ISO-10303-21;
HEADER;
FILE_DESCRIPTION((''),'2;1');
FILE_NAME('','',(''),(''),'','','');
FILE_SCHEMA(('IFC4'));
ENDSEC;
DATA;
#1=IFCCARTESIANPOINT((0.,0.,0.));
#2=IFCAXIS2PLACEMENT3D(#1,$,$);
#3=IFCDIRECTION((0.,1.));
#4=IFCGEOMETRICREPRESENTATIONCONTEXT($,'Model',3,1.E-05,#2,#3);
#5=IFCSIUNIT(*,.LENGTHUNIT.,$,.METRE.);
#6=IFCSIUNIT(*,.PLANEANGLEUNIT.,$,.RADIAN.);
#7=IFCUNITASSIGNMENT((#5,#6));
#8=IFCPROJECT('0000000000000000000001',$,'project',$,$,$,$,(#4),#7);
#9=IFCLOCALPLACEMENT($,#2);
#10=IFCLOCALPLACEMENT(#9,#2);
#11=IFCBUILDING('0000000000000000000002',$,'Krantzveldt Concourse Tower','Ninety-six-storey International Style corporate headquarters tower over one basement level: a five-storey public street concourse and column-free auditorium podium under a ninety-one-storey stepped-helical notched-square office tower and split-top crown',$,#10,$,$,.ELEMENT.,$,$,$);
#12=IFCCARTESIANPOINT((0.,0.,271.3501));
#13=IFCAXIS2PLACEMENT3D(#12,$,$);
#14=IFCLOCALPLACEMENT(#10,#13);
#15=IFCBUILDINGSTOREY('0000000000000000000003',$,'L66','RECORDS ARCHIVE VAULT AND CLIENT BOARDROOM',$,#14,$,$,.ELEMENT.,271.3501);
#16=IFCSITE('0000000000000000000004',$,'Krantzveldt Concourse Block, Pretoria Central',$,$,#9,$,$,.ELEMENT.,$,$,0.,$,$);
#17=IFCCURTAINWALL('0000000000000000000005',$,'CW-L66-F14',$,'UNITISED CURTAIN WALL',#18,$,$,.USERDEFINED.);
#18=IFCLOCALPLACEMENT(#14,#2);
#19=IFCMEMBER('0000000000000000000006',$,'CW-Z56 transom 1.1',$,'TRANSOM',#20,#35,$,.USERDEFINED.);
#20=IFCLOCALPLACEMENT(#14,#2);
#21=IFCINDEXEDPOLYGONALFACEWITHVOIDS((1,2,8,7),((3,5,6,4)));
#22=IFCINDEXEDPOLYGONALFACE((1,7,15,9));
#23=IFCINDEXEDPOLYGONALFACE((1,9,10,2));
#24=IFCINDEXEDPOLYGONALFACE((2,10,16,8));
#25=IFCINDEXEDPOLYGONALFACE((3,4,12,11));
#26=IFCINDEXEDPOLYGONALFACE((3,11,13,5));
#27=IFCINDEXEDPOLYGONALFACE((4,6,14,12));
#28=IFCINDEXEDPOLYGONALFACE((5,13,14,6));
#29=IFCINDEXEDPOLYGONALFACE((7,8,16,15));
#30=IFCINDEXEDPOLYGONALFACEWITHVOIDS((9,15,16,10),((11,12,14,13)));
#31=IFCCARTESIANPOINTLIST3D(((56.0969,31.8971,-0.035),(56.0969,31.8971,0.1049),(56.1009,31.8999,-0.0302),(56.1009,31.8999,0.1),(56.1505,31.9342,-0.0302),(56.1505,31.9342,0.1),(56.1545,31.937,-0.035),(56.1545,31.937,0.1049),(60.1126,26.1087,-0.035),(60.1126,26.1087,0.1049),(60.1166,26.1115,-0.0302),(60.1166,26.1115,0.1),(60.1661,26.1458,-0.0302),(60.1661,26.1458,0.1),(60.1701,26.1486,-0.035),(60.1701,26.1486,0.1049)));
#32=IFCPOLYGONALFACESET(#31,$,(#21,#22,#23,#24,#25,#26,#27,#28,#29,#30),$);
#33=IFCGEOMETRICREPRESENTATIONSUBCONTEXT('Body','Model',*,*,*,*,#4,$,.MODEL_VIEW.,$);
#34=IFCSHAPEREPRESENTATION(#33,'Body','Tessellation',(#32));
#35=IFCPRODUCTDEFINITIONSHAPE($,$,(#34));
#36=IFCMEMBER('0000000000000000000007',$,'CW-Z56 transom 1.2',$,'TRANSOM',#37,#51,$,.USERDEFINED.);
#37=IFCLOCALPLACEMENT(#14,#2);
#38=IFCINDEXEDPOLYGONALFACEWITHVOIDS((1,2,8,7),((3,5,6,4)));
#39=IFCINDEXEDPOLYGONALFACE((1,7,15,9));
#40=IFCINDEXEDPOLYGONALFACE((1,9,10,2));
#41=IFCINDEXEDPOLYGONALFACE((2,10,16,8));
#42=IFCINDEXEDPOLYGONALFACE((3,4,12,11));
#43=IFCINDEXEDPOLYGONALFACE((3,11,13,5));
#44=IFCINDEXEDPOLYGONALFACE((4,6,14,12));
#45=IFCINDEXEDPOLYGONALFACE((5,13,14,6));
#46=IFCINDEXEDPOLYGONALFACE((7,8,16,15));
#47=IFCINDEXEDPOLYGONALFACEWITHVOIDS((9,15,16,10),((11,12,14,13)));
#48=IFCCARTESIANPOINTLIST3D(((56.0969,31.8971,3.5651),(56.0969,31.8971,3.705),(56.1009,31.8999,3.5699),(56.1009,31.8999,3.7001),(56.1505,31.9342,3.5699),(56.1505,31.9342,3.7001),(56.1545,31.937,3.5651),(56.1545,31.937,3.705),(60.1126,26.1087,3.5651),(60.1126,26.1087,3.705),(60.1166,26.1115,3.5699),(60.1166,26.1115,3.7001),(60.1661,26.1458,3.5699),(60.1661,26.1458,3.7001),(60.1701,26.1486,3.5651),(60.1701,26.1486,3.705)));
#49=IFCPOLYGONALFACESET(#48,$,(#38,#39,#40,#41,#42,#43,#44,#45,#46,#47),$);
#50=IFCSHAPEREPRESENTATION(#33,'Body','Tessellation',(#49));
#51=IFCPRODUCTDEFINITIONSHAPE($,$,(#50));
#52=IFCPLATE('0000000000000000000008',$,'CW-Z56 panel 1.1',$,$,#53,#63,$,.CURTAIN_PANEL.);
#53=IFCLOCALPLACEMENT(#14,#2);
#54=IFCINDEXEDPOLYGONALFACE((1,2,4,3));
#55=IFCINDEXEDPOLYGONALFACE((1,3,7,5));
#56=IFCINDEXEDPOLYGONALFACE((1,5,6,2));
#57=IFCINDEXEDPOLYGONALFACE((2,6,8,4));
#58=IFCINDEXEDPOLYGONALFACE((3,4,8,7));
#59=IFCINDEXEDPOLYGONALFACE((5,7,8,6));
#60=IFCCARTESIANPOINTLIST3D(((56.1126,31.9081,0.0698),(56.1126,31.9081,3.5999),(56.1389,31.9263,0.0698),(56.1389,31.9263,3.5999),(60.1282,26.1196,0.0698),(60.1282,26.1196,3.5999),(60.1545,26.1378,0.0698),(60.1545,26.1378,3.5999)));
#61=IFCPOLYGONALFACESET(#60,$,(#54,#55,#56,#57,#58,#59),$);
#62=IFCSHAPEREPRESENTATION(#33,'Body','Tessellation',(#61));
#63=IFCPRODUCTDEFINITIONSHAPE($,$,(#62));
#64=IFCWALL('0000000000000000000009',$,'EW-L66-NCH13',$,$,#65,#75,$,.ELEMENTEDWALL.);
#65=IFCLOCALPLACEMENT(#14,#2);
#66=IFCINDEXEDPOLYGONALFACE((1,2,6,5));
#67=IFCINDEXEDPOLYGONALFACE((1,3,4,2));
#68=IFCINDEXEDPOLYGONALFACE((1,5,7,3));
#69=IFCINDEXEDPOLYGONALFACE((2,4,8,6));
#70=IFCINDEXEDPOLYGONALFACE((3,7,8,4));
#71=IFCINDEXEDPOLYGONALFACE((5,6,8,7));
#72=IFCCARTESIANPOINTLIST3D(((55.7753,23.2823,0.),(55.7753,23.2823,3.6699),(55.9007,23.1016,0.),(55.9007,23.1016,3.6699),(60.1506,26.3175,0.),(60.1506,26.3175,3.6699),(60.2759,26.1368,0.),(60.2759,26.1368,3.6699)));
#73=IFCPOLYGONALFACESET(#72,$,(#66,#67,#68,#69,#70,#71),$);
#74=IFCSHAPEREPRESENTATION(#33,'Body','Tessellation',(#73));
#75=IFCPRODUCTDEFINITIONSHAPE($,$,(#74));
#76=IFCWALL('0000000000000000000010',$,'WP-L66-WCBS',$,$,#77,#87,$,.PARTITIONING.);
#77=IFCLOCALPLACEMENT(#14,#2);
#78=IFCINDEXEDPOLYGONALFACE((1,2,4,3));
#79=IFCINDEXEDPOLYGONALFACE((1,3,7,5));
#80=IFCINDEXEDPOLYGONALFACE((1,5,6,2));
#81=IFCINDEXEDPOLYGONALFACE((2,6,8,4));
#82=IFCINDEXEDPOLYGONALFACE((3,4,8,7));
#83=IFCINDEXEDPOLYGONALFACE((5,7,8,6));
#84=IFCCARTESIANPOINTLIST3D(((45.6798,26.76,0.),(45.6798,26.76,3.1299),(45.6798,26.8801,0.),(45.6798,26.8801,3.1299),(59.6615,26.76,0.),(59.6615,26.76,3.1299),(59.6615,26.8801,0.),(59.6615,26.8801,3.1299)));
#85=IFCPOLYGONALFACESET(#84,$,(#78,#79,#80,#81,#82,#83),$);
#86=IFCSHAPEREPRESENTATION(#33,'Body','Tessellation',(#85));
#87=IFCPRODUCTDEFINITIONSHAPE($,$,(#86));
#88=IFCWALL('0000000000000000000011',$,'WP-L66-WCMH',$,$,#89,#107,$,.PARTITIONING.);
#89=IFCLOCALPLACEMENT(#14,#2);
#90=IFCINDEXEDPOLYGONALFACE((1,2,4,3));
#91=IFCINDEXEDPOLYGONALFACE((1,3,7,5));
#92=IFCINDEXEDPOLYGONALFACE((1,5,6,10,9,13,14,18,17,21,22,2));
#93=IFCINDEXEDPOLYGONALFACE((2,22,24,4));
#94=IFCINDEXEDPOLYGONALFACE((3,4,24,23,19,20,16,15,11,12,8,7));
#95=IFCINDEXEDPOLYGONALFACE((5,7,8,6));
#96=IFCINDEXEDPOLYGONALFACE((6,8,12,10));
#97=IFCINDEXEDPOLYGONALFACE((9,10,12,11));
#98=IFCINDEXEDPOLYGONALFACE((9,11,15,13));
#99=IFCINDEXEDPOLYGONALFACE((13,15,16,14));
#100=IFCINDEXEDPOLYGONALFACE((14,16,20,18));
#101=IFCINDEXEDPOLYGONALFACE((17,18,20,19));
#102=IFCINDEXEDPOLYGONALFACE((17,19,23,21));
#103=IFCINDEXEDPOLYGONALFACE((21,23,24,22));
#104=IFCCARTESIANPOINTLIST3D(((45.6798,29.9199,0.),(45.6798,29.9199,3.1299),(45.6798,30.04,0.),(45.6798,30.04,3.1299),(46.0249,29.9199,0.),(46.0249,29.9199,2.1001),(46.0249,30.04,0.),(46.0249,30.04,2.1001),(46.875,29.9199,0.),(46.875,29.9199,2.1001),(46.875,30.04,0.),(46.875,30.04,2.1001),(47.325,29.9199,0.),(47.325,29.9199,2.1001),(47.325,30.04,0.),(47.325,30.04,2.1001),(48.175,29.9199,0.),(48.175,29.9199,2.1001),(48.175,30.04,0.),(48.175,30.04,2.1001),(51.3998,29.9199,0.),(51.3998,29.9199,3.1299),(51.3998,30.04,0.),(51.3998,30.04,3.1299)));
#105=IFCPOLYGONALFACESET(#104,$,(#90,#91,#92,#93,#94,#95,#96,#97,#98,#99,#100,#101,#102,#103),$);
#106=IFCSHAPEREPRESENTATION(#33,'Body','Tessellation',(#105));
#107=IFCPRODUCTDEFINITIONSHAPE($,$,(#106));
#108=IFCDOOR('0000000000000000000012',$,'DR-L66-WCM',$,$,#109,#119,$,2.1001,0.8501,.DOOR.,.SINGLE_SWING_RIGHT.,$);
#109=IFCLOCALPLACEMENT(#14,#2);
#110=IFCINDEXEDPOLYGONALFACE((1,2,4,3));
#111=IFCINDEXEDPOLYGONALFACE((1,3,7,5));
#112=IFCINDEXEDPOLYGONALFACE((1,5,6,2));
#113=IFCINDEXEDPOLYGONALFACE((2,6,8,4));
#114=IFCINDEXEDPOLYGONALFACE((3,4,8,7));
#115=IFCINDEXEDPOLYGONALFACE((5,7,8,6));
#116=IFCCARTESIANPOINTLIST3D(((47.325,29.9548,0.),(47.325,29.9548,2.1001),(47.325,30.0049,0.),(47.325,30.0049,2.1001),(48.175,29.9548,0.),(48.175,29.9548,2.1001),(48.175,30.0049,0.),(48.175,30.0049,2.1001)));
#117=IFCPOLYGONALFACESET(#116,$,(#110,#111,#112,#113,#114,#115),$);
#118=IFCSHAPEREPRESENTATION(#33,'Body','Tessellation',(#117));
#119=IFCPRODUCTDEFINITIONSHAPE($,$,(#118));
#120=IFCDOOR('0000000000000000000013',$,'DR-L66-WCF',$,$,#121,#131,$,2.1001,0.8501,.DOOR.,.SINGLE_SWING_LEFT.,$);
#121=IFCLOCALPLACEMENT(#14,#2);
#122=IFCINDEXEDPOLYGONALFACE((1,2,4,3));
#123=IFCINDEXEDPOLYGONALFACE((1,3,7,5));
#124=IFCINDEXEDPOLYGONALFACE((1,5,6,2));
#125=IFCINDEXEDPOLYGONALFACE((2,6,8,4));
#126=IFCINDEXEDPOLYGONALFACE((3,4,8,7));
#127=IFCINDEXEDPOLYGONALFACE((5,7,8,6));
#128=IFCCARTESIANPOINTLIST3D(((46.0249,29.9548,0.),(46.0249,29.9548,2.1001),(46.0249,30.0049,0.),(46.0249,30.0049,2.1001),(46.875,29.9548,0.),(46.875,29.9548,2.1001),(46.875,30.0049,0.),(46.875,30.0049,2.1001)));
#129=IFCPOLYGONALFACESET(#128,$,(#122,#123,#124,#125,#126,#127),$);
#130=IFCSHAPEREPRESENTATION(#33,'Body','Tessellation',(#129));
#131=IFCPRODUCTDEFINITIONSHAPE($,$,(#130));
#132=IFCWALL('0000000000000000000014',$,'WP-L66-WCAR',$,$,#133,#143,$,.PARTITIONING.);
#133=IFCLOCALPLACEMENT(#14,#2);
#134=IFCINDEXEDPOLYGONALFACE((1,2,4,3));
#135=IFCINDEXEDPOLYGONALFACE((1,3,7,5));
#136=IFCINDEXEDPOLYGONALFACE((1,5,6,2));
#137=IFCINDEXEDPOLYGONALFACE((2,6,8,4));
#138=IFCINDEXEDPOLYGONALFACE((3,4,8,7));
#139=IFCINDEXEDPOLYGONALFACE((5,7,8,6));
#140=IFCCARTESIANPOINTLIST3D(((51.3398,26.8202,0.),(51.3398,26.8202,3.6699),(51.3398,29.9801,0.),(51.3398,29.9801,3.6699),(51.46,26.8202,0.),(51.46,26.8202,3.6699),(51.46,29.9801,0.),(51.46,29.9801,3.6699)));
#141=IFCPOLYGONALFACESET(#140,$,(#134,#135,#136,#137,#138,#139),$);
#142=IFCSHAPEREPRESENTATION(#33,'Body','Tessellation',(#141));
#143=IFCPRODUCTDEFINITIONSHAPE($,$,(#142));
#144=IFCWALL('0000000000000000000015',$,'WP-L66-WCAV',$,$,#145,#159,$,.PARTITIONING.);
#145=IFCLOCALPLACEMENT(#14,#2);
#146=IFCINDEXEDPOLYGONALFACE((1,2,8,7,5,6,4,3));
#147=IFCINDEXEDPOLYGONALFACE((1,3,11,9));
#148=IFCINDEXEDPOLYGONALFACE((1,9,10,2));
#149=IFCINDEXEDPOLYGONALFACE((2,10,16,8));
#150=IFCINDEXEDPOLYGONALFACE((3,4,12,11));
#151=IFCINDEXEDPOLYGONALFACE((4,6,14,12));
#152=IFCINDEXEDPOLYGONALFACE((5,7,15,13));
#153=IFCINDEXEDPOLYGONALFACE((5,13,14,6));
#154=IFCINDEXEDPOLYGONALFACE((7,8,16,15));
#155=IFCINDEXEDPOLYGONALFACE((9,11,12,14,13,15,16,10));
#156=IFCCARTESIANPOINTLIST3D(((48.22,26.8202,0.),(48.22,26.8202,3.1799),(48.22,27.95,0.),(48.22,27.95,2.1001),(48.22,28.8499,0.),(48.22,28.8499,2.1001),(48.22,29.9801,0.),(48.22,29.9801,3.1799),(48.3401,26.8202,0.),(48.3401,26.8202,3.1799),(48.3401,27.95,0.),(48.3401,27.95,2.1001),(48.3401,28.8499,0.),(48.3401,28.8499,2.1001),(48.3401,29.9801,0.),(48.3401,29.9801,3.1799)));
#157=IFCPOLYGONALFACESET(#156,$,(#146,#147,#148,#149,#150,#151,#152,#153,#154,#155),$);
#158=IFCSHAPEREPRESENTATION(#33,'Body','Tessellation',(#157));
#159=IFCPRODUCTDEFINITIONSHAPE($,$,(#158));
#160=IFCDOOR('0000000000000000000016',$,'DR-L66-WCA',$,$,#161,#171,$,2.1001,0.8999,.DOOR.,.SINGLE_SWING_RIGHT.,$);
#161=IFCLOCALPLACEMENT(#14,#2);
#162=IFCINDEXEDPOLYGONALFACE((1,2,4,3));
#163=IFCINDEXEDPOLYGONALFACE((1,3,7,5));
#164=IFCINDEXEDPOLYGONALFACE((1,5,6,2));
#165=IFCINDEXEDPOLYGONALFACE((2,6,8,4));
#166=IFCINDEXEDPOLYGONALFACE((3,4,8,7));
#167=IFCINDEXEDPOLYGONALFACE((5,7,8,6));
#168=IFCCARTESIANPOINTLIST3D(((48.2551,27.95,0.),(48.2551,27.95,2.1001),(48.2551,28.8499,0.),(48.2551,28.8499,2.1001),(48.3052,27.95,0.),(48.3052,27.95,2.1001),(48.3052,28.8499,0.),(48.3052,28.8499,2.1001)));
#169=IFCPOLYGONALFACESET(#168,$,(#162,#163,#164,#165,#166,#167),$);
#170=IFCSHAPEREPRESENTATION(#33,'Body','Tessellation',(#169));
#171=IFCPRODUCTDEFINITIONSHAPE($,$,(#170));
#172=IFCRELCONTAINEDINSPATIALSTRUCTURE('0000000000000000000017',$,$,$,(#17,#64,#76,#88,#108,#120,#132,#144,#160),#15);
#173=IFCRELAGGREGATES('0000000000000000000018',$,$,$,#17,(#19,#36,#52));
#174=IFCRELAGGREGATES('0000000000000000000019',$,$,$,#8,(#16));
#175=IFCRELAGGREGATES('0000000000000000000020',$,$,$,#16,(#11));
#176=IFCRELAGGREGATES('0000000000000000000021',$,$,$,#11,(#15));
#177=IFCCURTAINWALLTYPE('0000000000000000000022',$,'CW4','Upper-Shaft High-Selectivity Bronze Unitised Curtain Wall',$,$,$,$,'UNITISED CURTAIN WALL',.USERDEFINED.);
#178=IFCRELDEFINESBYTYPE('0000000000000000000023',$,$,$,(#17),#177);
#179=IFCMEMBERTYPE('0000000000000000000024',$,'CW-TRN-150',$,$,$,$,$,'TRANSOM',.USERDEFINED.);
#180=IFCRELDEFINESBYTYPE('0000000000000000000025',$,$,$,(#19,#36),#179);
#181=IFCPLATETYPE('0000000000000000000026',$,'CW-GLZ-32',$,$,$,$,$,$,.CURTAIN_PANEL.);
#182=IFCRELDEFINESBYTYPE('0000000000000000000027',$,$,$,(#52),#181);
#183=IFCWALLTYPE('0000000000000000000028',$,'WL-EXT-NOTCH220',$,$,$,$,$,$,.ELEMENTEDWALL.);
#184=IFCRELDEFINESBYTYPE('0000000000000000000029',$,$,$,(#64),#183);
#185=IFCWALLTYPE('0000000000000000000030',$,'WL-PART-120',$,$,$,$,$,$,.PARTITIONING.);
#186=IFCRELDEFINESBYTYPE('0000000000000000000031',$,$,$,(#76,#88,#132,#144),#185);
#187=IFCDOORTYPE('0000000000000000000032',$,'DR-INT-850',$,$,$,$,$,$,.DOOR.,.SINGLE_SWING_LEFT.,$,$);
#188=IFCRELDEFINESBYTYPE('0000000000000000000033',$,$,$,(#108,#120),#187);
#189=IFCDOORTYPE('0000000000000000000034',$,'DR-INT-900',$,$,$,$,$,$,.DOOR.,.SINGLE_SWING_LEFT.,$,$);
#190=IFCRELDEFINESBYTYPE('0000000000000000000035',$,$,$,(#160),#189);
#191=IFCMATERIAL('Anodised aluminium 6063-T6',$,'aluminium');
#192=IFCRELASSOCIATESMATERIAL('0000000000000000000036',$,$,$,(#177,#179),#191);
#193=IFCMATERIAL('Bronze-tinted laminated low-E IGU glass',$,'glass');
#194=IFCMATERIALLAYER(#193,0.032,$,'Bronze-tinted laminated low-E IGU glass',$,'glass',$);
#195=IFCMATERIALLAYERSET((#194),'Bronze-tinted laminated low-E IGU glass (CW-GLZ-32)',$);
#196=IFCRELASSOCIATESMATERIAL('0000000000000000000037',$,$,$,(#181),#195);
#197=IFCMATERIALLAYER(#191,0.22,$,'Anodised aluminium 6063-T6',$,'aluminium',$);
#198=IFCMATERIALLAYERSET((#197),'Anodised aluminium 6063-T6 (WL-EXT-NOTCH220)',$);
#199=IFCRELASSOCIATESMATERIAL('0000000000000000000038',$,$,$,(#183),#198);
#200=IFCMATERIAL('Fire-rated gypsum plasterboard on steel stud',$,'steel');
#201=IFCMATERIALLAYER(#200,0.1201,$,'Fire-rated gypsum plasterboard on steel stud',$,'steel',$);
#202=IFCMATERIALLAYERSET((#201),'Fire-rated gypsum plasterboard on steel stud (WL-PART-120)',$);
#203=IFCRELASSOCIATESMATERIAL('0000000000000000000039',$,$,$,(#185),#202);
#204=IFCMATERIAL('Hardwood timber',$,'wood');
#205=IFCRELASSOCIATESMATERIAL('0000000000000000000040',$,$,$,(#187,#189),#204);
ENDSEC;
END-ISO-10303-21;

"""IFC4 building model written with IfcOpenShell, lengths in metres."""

from ifc_helpers import new_model, si_unit, direction, frame, frame_2d, origin, origin_2d, place, context, subcontext, project, spatial, rectangle, hollow_rectangle, extrude, source, transform, mapped, material, layer, layer_set, material_profile, profile_set, type_object, type_shapes, element, fill, aggregate, save


model = new_model("IFC4")

# Units and contexts
model_context = context("Model", 3, precision=1e-05, world=origin(), true_north=direction((0.0, 1.0)))
body_context = subcontext(model_context, "Body", "Model", "MODEL_VIEW")
ifc_project = project(units=[si_unit("LENGTHUNIT", "METRE"), si_unit("PLANEANGLEUNIT", "RADIAN")], contexts=[model_context])

# Site, building, storey
site_placement = place(None, origin())
site = spatial("IfcSite", under=ifc_project, at=site_placement, Name="Krantzveldt Concourse Block, Pretoria Central", CompositionType="ELEMENT", RefElevation=0.0)
building_placement = place(site_placement, origin())
building = spatial("IfcBuilding", under=site, at=building_placement, Name="Krantzveldt Concourse Tower", Description="Ninety-six-storey International Style corporate headquarters tower over one basement level: a five-storey public street concourse and column-free auditorium podium under a ninety-one-storey stepped-helical notched-square office tower and split-top crown", CompositionType="ELEMENT")
storey_placement = place(building_placement, frame((0.0, 0.0, 271.3501)))
storey = spatial("IfcBuildingStorey", under=building, at=storey_placement, Name="L66", Description="RECORDS ARCHIVE VAULT AND CLIENT BOARDROOM", CompositionType="ELEMENT", Elevation=271.3501)

# Curtain wall, members, plate
ifc_material_1 = material(Name="Anodised aluminium 6063-T6", Category="aluminium")
curtain_wall_type = type_object("IfcCurtainWallType", Name="CW4", Description="Upper-Shaft High-Selectivity Bronze Unitised Curtain Wall", ElementType="UNITISED CURTAIN WALL", PredefinedType="USERDEFINED", material=ifc_material_1)
curtain_wall_placement = place(storey_placement, origin())
curtain_wall = element("IfcCurtainWall", 1, at=curtain_wall_placement, inside=storey, type_object=curtain_wall_type, Name="CW-L66-F14", ObjectType="UNITISED CURTAIN WALL", PredefinedType="USERDEFINED")
ifc_material_profile_1 = material_profile(ifc_material_1, hollow_rectangle(XDim=0.0701, YDim=0.1399, WallThickness=0.0049, at=origin_2d()), Name="Anodised aluminium 6063-T6", Category="aluminium")
ifc_profile_set_1 = profile_set([ifc_material_profile_1], Name="Anodised aluminium 6063-T6 - ALU-TRAN 140x70x5")
member_type_1 = type_object("IfcMemberType", Name="CW-TRN-150", ElementType="TRANSOM", PredefinedType="USERDEFINED", material=ifc_profile_set_1)
shared_shape_1 = source(origin(), body_context, "Body", "SweptSolid", [
    extrude(hollow_rectangle(XDim=0.0701, YDim=0.1399, WallThickness=0.0049, at=origin_2d()), origin(), (0.0, 0.0, 1.0), 7.0449),
])
type_shapes(member_type_1, [shared_shape_1])
member_1_placement = place(storey_placement, frame((60.1414, 26.1287, 0.0349), z_axis=(-0.570008, 0.821639, 0.0), x_axis=(-0.821639, -0.570008, 0.0)))
member_1 = element("IfcMember", 2, at=member_1_placement, type_object=member_type_1, Name="CW-Z56 transom 1.1", ObjectType="TRANSOM", PredefinedType="USERDEFINED", context=body_context, shape_type="MappedRepresentation", body=[
    mapped(shared_shape_1, transform((0.0, 0.0, 0.0), x_axis=(1.0, 0.0, 0.0), y_axis=(0.0, 1.0, 0.0), z_axis=(0.0, 0.0, 1.0), scale=1.0)),
])
member_2_placement = place(storey_placement, frame((60.1414, 26.1287, 3.635), z_axis=(-0.570008, 0.821639, 0.0), x_axis=(-0.821639, -0.570008, 0.0)))
member_2 = element("IfcMember", 3, at=member_2_placement, type_object=member_type_1, Name="CW-Z56 transom 1.2", ObjectType="TRANSOM", PredefinedType="USERDEFINED", context=body_context, shape_type="MappedRepresentation", body=[
    mapped(shared_shape_1, transform((0.0, 0.0, 0.0), x_axis=(1.0, 0.0, 0.0), y_axis=(0.0, 1.0, 0.0), z_axis=(0.0, 0.0, 1.0), scale=1.0)),
])
ifc_material_2 = material(Name="Bronze-tinted laminated low-E IGU glass", Category="glass")
ifc_layer_1 = layer(ifc_material_2, 0.032, Name="Bronze-tinted laminated low-E IGU glass", Category="glass")
ifc_layer_set_1 = layer_set([ifc_layer_1], Name="Bronze-tinted laminated low-E IGU glass (CW-GLZ-32)")
plate_type = type_object("IfcPlateType", Name="CW-GLZ-32", PredefinedType="CURTAIN_PANEL", material=ifc_layer_set_1)
shared_shape_2 = source(origin(), body_context, "Body", "SweptSolid", [
    extrude(rectangle(XDim=7.0449, YDim=0.032, at=origin_2d()), origin(), (0.0, 0.0, 1.0), 3.53),
])
type_shapes(plate_type, [shared_shape_2])
plate_placement = place(storey_placement, frame((58.1335, 29.0229, 0.0698), z_axis=(0.0, 0.0, 1.0), x_axis=(-0.569997, 0.821647, 0.0)))
plate = element("IfcPlate", 4, at=plate_placement, type_object=plate_type, Name="CW-Z56 panel 1.1", PredefinedType="CURTAIN_PANEL", context=body_context, shape_type="MappedRepresentation", body=[
    mapped(shared_shape_2, transform((0.0, 0.0, 0.0), x_axis=(1.0, 0.0, 0.0), y_axis=(0.0, 1.0, 0.0), z_axis=(0.0, 0.0, 1.0), scale=1.0)),
])
aggregate(curtain_wall, [member_1, member_2, plate])

# Walls
ifc_layer_2 = layer(ifc_material_1, 0.22, Name="Anodised aluminium 6063-T6", Category="aluminium")
ifc_layer_set_2 = layer_set([ifc_layer_2], Name="Anodised aluminium 6063-T6 (WL-EXT-NOTCH220)")
wall_type_1 = type_object("IfcWallType", Name="WL-EXT-NOTCH220", PredefinedType="ELEMENTEDWALL", material=ifc_layer_set_2)
wall_1_placement = place(storey_placement, frame((55.8379, 23.1919, 0.0), z_axis=(0.0, 0.0, 1.0), x_axis=(0.821652, 0.569989, 0.0)))
element("IfcWall", 5, at=wall_1_placement, inside=storey, type_object=wall_type_1, Name="EW-L66-NCH13", PredefinedType="ELEMENTEDWALL", context=body_context, shape_type="SweptSolid", body=[
    extrude(rectangle(XDim=5.325, YDim=0.22, at=frame_2d((2.6626, 0.0))), origin(), (0.0, 0.0, 1.0), 3.6699),
])
ifc_material_3 = material(Name="Fire-rated gypsum plasterboard on steel stud", Category="steel")
ifc_layer_3 = layer(ifc_material_3, 0.1201, Name="Fire-rated gypsum plasterboard on steel stud", Category="steel")
ifc_layer_set_3 = layer_set([ifc_layer_3], Name="Fire-rated gypsum plasterboard on steel stud (WL-PART-120)")
wall_type_2 = type_object("IfcWallType", Name="WL-PART-120", PredefinedType="PARTITIONING", material=ifc_layer_set_3)
wall_2_placement = place(storey_placement, frame((45.6799, 26.8201, 0.0), z_axis=(0.0, 0.0, 1.0), x_axis=(1.0, 0.0, 0.0)))
element("IfcWall", 6, at=wall_2_placement, inside=storey, type_object=wall_type_2, Name="WP-L66-WCBS", PredefinedType="PARTITIONING", context=body_context, shape_type="SweptSolid", body=[
    extrude(rectangle(XDim=13.9817, YDim=0.1201, at=frame_2d((6.9907, 0.0))), origin(), (0.0, 0.0, 1.0), 3.1299),
])

# Wall, openings, doors
wall_3_placement = place(storey_placement, frame((45.6799, 29.98, 0.0), z_axis=(0.0, 0.0, 1.0), x_axis=(1.0, 0.0, 0.0)))
wall_3 = element("IfcWall", 7, at=wall_3_placement, inside=storey, type_object=wall_type_2, Name="WP-L66-WCMH", PredefinedType="PARTITIONING", context=body_context, shape_type="SweptSolid", body=[
    extrude(rectangle(XDim=5.72, YDim=0.1201, at=frame_2d((2.8599, 0.0))), origin(), (0.0, 0.0, 1.0), 3.1299),
])
opening_1_placement = place(wall_3_placement, frame((1.645, 0.0, 0.0)))
opening_1 = element("IfcOpeningElement", 8, at=opening_1_placement, cuts=wall_3, PredefinedType="OPENING", context=body_context, shape_type="SweptSolid", body=[
    extrude(rectangle(XDim=0.8501, YDim=2.1001, at=frame_2d((0.425, 1.05))), frame((0.0, 0.0701, 0.0), z_axis=(0.0, -1.0, 0.0), x_axis=(1.0, 0.0, 0.0)), (0.0, 0.0, 1.0), 0.1401),
])
opening_2_placement = place(wall_3_placement, frame((0.345, 0.0, 0.0)))
opening_2 = element("IfcOpeningElement", 9, at=opening_2_placement, cuts=wall_3, PredefinedType="OPENING", context=body_context, shape_type="SweptSolid", body=[
    extrude(rectangle(XDim=0.8501, YDim=2.1001, at=frame_2d((0.425, 1.05))), frame((0.0, 0.0701, 0.0), z_axis=(0.0, -1.0, 0.0), x_axis=(1.0, 0.0, 0.0)), (0.0, 0.0, 1.0), 0.1401),
])
ifc_material_4 = material(Name="Hardwood timber", Category="wood")
door_type_1 = type_object("IfcDoorType", Name="DR-INT-850", OperationType="SINGLE_SWING_LEFT", PredefinedType="DOOR", material=ifc_material_4)
door_1_placement = place(opening_1_placement, origin())
door_1 = element("IfcDoor", 10, at=door_1_placement, inside=storey, type_object=door_type_1, Name="DR-L66-WCM", OperationType="SINGLE_SWING_RIGHT", OverallHeight=2.1001, OverallWidth=0.8501, PredefinedType="DOOR", context=body_context, shape_type="SweptSolid", body=[
    extrude(rectangle(XDim=0.8501, YDim=2.1001, at=frame_2d((0.425, 1.05))), frame((0.0, 0.0249, 0.0), z_axis=(0.0, -1.0, 0.0), x_axis=(1.0, 0.0, 0.0)), (0.0, 0.0, 1.0), 0.05),
])
fill(opening_1, door_1)
door_2_placement = place(opening_2_placement, origin())
door_2 = element("IfcDoor", 11, at=door_2_placement, inside=storey, type_object=door_type_1, Name="DR-L66-WCF", OperationType="SINGLE_SWING_LEFT", OverallHeight=2.1001, OverallWidth=0.8501, PredefinedType="DOOR", context=body_context, shape_type="SweptSolid", body=[
    extrude(rectangle(XDim=0.8501, YDim=2.1001, at=frame_2d((0.425, 1.05))), frame((0.0, 0.0249, 0.0), z_axis=(0.0, -1.0, 0.0), x_axis=(1.0, 0.0, 0.0)), (0.0, 0.0, 1.0), 0.05),
])
fill(opening_2, door_2)

# Wall
wall_4_placement = place(storey_placement, frame((51.3999, 26.8201, 0.0), z_axis=(0.0, 0.0, 1.0), x_axis=(0.0, 1.0, 0.0)))
element("IfcWall", 12, at=wall_4_placement, inside=storey, type_object=wall_type_2, Name="WP-L66-WCAR", PredefinedType="PARTITIONING", context=body_context, shape_type="SweptSolid", body=[
    extrude(rectangle(XDim=3.1599, YDim=0.1201, at=frame_2d((1.5801, 0.0))), origin(), (0.0, 0.0, 1.0), 3.6699),
])

# Wall, opening, door
wall_5_placement = place(storey_placement, frame((48.28, 26.8201, 0.0), z_axis=(0.0, 0.0, 1.0), x_axis=(0.0, 1.0, 0.0)))
wall_5 = element("IfcWall", 13, at=wall_5_placement, inside=storey, type_object=wall_type_2, Name="WP-L66-WCAV", PredefinedType="PARTITIONING", context=body_context, shape_type="SweptSolid", body=[
    extrude(rectangle(XDim=3.1599, YDim=0.1201, at=frame_2d((1.5801, 0.0))), origin(), (0.0, 0.0, 1.0), 3.1799),
])
opening_3_placement = place(wall_5_placement, frame((1.1299, 0.0, 0.0)))
opening_3 = element("IfcOpeningElement", 14, at=opening_3_placement, cuts=wall_5, PredefinedType="OPENING", context=body_context, shape_type="SweptSolid", body=[
    extrude(rectangle(XDim=0.8999, YDim=2.1001, at=frame_2d((0.45, 1.05))), frame((0.0, 0.0701, 0.0), z_axis=(0.0, -1.0, 0.0), x_axis=(1.0, 0.0, 0.0)), (0.0, 0.0, 1.0), 0.1401),
])
door_type_2 = type_object("IfcDoorType", Name="DR-INT-900", OperationType="SINGLE_SWING_LEFT", PredefinedType="DOOR", material=ifc_material_4)
door_3_placement = place(opening_3_placement, origin())
door_3 = element("IfcDoor", 15, at=door_3_placement, inside=storey, type_object=door_type_2, Name="DR-L66-WCA", OperationType="SINGLE_SWING_RIGHT", OverallHeight=2.1001, OverallWidth=0.8999, PredefinedType="DOOR", context=body_context, shape_type="SweptSolid", body=[
    extrude(rectangle(XDim=0.8999, YDim=2.1001, at=frame_2d((0.45, 1.05))), frame((0.0, 0.0249, 0.0), z_axis=(0.0, -1.0, 0.0), x_axis=(1.0, 0.0, 0.0)), (0.0, 0.0, 1.0), 0.05),
])
fill(opening_3, door_3)

save(model, "model.ifc")
